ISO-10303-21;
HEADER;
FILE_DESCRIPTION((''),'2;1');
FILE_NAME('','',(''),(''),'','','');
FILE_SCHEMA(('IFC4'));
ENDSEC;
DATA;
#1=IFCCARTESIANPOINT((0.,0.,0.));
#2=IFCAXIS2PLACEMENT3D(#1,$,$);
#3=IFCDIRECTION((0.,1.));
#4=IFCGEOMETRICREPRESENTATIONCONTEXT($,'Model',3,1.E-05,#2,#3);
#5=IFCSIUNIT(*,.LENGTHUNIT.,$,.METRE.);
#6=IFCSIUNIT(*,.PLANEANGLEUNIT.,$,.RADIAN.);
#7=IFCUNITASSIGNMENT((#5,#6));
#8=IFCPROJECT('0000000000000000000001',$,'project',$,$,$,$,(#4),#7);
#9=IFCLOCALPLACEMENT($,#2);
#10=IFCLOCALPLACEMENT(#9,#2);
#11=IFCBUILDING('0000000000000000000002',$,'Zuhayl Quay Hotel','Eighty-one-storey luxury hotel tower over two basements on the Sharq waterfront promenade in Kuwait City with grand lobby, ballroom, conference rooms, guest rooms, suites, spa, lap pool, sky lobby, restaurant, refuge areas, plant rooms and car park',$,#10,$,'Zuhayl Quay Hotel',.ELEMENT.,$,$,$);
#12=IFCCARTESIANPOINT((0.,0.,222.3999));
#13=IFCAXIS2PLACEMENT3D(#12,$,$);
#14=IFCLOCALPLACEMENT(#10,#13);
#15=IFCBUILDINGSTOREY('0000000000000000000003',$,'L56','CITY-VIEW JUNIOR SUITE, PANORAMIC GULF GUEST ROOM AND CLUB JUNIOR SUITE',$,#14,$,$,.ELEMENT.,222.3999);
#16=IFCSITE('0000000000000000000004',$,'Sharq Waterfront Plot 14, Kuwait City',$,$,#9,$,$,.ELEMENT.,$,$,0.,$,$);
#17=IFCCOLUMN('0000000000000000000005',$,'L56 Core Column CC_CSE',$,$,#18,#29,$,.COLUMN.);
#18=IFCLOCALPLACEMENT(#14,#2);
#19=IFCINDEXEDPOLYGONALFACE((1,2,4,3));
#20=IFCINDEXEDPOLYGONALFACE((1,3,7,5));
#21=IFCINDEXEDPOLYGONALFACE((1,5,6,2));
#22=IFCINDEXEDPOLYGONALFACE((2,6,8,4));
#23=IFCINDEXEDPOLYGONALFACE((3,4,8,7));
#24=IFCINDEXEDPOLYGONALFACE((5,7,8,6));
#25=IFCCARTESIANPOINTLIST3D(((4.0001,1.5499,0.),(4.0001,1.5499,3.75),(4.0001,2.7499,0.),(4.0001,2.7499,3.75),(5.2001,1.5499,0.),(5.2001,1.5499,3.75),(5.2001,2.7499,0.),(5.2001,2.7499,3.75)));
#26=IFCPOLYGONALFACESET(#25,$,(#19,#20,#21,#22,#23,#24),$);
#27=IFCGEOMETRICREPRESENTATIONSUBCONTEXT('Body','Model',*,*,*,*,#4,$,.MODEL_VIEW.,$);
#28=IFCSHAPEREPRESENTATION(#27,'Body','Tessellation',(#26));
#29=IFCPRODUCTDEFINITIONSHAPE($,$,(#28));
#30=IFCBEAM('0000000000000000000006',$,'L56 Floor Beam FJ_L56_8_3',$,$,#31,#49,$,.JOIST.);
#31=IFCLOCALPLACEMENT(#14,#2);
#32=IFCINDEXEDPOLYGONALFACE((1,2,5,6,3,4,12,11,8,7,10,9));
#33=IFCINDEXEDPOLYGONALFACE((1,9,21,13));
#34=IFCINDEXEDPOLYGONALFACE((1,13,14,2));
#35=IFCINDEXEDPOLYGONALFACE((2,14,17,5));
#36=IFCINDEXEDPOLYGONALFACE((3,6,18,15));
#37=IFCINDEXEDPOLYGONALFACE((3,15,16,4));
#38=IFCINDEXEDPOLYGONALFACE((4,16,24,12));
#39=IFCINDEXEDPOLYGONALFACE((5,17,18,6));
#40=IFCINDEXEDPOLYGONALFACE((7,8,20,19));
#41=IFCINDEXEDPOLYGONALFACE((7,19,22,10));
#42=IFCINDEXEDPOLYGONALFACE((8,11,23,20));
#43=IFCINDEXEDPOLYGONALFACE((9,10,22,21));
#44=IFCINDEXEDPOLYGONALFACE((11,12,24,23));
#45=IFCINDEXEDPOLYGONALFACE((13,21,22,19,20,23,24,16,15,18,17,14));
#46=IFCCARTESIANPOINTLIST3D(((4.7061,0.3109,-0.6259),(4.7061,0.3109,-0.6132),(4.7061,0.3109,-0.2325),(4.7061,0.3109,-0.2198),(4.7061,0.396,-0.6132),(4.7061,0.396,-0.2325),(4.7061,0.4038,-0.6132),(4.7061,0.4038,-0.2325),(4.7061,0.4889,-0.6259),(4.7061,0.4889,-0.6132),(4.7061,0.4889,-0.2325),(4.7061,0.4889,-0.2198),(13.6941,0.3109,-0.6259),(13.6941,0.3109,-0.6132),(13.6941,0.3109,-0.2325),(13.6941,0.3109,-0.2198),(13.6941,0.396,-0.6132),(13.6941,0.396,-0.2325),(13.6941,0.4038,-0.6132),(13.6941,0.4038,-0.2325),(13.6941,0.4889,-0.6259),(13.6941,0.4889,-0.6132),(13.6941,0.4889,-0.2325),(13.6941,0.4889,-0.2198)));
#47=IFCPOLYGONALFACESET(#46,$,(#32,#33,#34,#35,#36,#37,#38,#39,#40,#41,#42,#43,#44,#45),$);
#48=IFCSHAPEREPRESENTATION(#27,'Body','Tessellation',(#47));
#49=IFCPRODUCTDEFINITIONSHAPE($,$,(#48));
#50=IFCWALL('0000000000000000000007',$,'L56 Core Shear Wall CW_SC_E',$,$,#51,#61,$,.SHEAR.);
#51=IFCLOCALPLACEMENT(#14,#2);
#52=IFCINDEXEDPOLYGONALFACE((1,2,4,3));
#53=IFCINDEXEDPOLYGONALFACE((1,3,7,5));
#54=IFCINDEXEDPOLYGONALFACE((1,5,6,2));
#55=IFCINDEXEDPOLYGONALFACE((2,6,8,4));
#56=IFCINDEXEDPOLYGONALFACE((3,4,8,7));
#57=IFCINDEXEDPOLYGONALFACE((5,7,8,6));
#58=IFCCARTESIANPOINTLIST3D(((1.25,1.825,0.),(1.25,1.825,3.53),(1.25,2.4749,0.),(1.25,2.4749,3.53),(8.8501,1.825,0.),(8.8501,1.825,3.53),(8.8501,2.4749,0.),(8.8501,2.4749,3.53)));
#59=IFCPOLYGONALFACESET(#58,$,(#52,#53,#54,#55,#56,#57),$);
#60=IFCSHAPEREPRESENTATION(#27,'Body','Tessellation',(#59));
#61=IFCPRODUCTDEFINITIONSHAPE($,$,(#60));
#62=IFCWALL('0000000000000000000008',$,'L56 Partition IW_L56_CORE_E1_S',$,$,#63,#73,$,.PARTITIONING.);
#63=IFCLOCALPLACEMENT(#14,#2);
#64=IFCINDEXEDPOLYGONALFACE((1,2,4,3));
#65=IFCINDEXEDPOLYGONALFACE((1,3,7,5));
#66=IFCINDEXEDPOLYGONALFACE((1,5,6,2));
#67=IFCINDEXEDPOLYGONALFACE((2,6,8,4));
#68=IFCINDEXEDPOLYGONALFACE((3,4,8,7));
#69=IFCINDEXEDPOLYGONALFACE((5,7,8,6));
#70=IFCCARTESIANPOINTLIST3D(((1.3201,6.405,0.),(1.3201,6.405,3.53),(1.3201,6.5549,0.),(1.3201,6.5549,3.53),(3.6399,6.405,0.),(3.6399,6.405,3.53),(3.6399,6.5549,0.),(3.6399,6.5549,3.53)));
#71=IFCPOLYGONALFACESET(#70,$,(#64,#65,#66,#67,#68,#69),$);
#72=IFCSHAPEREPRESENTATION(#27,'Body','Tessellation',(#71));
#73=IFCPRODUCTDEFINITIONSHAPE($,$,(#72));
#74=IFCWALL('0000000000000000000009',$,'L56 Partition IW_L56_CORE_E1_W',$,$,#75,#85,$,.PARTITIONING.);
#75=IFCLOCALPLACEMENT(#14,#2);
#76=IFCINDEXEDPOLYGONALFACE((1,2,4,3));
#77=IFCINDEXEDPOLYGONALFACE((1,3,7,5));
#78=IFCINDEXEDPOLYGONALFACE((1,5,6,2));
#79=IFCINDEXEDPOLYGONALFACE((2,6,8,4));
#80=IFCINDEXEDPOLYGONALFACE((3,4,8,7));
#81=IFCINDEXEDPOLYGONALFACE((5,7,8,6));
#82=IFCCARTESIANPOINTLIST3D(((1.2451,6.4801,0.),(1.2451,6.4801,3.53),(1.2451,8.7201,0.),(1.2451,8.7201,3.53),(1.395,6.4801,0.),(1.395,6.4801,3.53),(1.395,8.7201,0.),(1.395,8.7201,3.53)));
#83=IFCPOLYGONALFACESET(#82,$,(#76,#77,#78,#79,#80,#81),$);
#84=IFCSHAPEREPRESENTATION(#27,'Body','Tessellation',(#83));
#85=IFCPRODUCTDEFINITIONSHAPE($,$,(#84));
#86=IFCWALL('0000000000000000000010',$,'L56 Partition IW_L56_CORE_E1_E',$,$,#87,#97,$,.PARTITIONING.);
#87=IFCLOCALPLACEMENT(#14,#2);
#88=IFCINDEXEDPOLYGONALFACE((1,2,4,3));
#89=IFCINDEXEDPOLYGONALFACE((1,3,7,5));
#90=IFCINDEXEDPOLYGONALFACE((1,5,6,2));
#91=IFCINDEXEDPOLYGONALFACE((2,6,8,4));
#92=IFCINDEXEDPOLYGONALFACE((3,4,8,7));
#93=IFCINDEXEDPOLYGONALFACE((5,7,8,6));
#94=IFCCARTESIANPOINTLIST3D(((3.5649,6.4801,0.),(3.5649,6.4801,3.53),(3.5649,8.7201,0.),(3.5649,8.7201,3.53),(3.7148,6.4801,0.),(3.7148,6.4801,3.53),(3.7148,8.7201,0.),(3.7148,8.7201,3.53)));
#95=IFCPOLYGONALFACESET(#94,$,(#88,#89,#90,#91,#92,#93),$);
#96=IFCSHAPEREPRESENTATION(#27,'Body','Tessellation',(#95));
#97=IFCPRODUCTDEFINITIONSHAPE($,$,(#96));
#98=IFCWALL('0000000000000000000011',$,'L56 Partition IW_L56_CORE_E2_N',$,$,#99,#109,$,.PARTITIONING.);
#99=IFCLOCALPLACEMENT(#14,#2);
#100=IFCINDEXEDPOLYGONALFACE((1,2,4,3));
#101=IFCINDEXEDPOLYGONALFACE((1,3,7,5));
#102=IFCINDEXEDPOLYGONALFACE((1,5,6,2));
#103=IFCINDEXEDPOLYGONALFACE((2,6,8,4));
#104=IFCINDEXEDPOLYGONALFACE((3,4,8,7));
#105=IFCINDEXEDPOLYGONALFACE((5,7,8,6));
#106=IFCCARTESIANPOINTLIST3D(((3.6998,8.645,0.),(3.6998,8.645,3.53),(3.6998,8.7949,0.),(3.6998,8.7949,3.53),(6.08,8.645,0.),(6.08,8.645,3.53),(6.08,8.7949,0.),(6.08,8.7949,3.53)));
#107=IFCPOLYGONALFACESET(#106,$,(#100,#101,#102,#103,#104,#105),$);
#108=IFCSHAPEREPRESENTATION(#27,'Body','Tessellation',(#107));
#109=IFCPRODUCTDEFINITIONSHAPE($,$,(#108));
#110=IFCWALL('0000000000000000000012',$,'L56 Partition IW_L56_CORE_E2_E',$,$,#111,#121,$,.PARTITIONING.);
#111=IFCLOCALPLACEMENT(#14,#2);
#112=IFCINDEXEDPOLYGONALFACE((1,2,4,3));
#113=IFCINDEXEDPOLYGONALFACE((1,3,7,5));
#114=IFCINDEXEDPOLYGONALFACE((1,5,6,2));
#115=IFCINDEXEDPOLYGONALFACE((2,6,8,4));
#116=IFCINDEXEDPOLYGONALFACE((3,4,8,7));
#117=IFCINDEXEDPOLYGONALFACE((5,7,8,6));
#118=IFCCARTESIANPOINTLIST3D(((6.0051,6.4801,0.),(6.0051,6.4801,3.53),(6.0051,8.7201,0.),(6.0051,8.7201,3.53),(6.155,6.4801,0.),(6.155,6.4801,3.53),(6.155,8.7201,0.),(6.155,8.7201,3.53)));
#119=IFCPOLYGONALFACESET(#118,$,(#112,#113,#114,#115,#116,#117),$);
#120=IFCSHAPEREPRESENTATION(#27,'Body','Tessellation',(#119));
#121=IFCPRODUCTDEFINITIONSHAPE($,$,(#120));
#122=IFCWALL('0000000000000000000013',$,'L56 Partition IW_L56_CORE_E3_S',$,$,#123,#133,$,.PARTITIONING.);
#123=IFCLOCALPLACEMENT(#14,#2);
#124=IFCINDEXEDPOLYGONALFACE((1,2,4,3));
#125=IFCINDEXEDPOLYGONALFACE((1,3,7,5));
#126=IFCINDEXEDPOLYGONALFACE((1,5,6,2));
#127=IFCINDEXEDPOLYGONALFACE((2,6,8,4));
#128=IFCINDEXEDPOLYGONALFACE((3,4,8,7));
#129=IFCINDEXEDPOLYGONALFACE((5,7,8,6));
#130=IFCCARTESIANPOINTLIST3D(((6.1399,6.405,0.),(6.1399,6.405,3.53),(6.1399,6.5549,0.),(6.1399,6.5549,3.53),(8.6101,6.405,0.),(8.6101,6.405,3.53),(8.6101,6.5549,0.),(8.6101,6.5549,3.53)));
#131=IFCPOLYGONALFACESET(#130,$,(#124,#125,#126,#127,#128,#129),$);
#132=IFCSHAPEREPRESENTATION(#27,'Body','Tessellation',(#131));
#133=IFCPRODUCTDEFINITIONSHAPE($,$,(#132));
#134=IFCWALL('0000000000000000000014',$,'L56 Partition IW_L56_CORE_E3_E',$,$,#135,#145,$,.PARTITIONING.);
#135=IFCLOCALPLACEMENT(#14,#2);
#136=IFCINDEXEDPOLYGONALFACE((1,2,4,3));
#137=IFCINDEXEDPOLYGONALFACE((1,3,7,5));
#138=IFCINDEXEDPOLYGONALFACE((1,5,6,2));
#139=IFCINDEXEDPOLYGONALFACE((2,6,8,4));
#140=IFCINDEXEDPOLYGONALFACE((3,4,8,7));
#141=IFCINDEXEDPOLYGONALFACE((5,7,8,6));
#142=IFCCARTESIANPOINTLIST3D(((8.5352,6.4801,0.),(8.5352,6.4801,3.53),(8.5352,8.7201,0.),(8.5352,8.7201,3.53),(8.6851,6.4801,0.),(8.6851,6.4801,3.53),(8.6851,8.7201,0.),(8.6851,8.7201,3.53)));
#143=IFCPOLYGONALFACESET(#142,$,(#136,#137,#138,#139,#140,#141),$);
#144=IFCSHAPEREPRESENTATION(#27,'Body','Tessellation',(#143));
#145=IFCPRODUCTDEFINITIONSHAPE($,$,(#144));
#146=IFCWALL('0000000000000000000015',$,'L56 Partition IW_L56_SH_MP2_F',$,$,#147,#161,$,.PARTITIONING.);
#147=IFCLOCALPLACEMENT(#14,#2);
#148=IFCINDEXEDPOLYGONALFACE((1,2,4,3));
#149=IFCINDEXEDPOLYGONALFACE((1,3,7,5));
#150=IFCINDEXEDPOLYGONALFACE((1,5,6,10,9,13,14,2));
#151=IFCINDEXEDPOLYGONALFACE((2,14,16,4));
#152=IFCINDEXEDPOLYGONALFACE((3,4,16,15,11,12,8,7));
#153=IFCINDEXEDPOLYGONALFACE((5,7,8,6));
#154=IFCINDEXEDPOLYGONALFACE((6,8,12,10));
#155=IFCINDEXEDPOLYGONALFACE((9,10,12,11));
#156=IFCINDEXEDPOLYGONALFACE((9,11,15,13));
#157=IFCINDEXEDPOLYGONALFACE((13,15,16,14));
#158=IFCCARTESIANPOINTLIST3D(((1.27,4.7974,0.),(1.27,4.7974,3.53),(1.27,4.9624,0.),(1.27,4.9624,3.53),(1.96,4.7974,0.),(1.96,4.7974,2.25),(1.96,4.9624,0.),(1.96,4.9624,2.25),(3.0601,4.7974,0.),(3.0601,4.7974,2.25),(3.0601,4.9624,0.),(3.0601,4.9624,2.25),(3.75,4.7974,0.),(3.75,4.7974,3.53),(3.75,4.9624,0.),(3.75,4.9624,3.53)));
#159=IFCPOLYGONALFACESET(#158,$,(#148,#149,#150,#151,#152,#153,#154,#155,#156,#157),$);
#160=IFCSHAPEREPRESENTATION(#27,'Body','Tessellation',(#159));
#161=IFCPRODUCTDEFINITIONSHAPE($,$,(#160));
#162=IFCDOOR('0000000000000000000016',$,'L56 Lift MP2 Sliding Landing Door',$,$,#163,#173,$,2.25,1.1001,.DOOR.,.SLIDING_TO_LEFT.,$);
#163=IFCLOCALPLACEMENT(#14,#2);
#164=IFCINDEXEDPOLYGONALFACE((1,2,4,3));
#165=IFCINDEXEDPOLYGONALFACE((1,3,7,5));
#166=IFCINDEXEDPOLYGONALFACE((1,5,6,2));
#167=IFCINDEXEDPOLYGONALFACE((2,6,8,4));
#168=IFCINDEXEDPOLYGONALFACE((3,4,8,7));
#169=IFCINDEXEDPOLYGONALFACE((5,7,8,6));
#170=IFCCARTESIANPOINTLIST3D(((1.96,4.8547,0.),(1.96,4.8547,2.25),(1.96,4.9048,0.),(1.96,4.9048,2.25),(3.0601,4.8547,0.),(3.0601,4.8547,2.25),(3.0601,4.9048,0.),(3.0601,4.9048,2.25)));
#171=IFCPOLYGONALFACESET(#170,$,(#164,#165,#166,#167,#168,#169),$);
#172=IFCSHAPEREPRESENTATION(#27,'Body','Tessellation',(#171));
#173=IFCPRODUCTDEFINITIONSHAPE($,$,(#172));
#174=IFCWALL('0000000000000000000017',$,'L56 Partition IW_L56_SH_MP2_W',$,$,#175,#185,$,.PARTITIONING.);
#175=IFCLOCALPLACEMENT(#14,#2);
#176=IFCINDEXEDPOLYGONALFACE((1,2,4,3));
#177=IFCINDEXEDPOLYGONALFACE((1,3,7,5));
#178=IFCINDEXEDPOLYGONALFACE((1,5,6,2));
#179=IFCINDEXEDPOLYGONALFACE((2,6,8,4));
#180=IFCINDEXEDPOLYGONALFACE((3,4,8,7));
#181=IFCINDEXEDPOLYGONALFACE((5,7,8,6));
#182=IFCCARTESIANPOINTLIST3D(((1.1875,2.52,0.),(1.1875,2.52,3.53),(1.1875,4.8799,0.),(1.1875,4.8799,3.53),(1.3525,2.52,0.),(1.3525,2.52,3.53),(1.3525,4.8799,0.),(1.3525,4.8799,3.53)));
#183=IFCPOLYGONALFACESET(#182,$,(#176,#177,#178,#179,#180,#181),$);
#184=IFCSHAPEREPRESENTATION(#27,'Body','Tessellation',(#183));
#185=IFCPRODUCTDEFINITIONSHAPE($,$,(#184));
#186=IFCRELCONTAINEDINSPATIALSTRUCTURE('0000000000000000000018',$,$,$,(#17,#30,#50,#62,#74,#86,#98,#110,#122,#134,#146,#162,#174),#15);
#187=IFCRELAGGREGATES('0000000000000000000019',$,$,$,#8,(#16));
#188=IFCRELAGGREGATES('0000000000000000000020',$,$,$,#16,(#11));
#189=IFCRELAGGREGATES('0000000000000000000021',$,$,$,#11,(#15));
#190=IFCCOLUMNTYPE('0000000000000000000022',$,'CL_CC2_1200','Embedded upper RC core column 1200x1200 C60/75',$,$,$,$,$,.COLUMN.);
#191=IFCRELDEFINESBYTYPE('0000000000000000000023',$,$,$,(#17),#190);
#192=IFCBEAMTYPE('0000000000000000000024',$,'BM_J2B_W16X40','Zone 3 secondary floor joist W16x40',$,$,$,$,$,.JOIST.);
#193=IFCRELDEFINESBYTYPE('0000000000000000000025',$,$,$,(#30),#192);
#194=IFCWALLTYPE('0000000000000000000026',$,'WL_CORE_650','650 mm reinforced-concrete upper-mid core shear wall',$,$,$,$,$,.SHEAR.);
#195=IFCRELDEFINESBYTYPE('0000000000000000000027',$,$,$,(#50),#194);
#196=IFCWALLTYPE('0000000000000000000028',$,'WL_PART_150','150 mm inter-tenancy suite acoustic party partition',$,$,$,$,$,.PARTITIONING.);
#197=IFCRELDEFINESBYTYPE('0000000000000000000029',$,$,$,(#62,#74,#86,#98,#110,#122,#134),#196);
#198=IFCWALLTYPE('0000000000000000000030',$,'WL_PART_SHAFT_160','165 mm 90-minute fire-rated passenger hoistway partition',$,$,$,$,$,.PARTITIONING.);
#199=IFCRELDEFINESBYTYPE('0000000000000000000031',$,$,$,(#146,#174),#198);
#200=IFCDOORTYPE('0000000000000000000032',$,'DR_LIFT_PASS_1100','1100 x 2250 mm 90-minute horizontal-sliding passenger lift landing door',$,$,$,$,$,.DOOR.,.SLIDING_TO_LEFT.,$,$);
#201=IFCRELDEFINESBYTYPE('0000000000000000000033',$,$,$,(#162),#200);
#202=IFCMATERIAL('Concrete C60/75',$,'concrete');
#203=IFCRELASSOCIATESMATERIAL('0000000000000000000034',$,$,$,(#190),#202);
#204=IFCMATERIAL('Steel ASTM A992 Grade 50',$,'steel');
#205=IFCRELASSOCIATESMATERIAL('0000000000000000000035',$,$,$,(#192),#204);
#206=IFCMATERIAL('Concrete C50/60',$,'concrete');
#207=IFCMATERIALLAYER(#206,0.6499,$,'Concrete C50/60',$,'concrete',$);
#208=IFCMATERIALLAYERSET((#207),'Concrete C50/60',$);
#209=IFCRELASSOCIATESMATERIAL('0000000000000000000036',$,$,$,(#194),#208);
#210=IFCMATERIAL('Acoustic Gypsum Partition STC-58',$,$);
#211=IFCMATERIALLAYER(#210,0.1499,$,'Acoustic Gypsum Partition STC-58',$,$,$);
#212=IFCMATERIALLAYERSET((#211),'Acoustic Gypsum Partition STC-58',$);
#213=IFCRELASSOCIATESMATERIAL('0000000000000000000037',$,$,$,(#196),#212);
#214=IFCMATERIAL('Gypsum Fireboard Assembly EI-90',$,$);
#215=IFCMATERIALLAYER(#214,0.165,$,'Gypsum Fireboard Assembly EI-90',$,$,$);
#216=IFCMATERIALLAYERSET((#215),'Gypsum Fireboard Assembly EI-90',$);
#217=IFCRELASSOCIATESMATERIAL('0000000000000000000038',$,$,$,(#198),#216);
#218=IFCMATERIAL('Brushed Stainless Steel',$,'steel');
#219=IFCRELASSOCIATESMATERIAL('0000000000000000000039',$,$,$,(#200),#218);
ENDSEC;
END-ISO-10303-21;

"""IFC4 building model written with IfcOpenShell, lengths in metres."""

from ifc_helpers import new_model, si_unit, direction, frame, frame_2d, origin, origin_2d, place, context, subcontext, project, spatial, rectangle, i_section, extrude, material, layer, layer_set, material_profile, profile_set, type_object, element, fill, save


model = new_model("IFC4")

# Units and contexts
model_context = context("Model", 3, precision=1e-05, world=origin(), true_north=direction((0.0, 1.0)))
body_context = subcontext(model_context, "Body", "Model", "MODEL_VIEW")
ifc_project = project(units=[si_unit("LENGTHUNIT", "METRE"), si_unit("PLANEANGLEUNIT", "RADIAN")], contexts=[model_context])

# Site, building, storey
site_placement = place(None, origin())
site = spatial("IfcSite", under=ifc_project, at=site_placement, Name="Sharq Waterfront Plot 14, Kuwait City", CompositionType="ELEMENT", RefElevation=0.0)
building_placement = place(site_placement, origin())
building = spatial("IfcBuilding", under=site, at=building_placement, Name="Zuhayl Quay Hotel", Description="Eighty-one-storey luxury hotel tower over two basements on the Sharq waterfront promenade in Kuwait City with grand lobby, ballroom, conference rooms, guest rooms, suites, spa, lap pool, sky lobby, restaurant, refuge areas, plant rooms and car park", LongName="Zuhayl Quay Hotel", CompositionType="ELEMENT")
storey_placement = place(building_placement, frame((0.0, 0.0, 222.3999)))
storey = spatial("IfcBuildingStorey", under=building, at=storey_placement, Name="L56", Description="CITY-VIEW JUNIOR SUITE, PANORAMIC GULF GUEST ROOM AND CLUB JUNIOR SUITE", CompositionType="ELEMENT", Elevation=222.3999)

# Column
ifc_material_1 = material(Name="Concrete C60/75", Category="concrete")
ifc_material_profile_1 = material_profile(ifc_material_1, rectangle(XDim=1.2, YDim=1.2, at=origin_2d()), Name="RC1200X1200")
ifc_profile_set_1 = profile_set([ifc_material_profile_1], Name="Concrete C60/75")
column_type = type_object("IfcColumnType", Name="CL_CC2_1200", Description="Embedded upper RC core column 1200x1200 C60/75", PredefinedType="COLUMN", material=ifc_profile_set_1)
column_placement = place(storey_placement, frame((4.6001, 2.1499, 0.0), z_axis=(0.0, 0.0, 1.0), x_axis=(1.0, 0.0, 0.0)))
element("IfcColumn", 1, at=column_placement, inside=storey, type_object=column_type, Name="L56 Core Column CC_CSE", PredefinedType="COLUMN", context=body_context, shape_type="SweptSolid", body=[
    extrude(rectangle(XDim=1.2, YDim=1.2, at=origin_2d()), origin(), (0.0, 0.0, 1.0), 3.75),
])

# Beam
ifc_material_2 = material(Name="Steel ASTM A992 Grade 50", Category="steel")
ifc_material_profile_2 = material_profile(ifc_material_2, i_section(OverallWidth=0.178, OverallDepth=0.406, WebThickness=0.0078, FlangeThickness=0.0127, at=origin_2d()), Name="W16X40")
ifc_profile_set_2 = profile_set([ifc_material_profile_2], Name="Steel ASTM A992 Grade 50")
beam_type = type_object("IfcBeamType", Name="BM_J2B_W16X40", Description="Zone 3 secondary floor joist W16x40", PredefinedType="JOIST", material=ifc_profile_set_2)
beam_placement = place(storey_placement, frame((4.7061, 0.3999, -0.4229), z_axis=(1.0, 0.0, 0.0), x_axis=(0.0, 1.0, 0.0)))
element("IfcBeam", 2, at=beam_placement, inside=storey, type_object=beam_type, Name="L56 Floor Beam FJ_L56_8_3", PredefinedType="JOIST", context=body_context, shape_type="SweptSolid", body=[
    extrude(i_section(OverallWidth=0.178, OverallDepth=0.406, WebThickness=0.0078, FlangeThickness=0.0127, at=origin_2d()), origin(), (0.0, 0.0, 1.0), 8.988),
])

# Wall
ifc_material_3 = material(Name="Concrete C50/60", Category="concrete")
ifc_layer_1 = layer(ifc_material_3, 0.6499, Name="Concrete C50/60", Category="concrete")
ifc_layer_set_1 = layer_set([ifc_layer_1], Name="Concrete C50/60")
wall_type_1 = type_object("IfcWallType", Name="WL_CORE_650", Description="650 mm reinforced-concrete upper-mid core shear wall", PredefinedType="SHEAR", material=ifc_layer_set_1)
wall_1_placement = place(storey_placement, frame((1.25, 2.1499, 0.0), z_axis=(0.0, 0.0, 1.0), x_axis=(1.0, 0.0, 0.0)))
element("IfcWall", 3, at=wall_1_placement, inside=storey, type_object=wall_type_1, Name="L56 Core Shear Wall CW_SC_E", PredefinedType="SHEAR", context=body_context, shape_type="SweptSolid", body=[
    extrude(rectangle(XDim=7.6001, YDim=0.6499, at=frame_2d((3.8, 0.0))), origin(), (0.0, 0.0, 1.0), 3.53),
])

# Shared definitions
ifc_material_4 = material(Name="Acoustic Gypsum Partition STC-58")
ifc_layer_2 = layer(ifc_material_4, 0.1499, Name="Acoustic Gypsum Partition STC-58")
ifc_layer_set_2 = layer_set([ifc_layer_2], Name="Acoustic Gypsum Partition STC-58")
wall_type_2 = type_object("IfcWallType", Name="WL_PART_150", Description="150 mm inter-tenancy suite acoustic party partition", PredefinedType="PARTITIONING", material=ifc_layer_set_2)

# Walls
wall_2_placement = place(storey_placement, frame((1.3201, 6.48, 0.0), z_axis=(0.0, 0.0, 1.0), x_axis=(1.0, 0.0, 0.0)))
element("IfcWall", 4, at=wall_2_placement, inside=storey, type_object=wall_type_2, Name="L56 Partition IW_L56_CORE_E1_S", PredefinedType="PARTITIONING", context=body_context, shape_type="SweptSolid", body=[
    extrude(rectangle(XDim=2.3198, YDim=0.1499, at=frame_2d((1.1599, 0.0))), origin(), (0.0, 0.0, 1.0), 3.53),
])
for number, where, z_axis, x_axis, name in (
    (5, (1.3201, 6.48, 0.0), (0.0, 0.0, 1.0), (0.0, 1.0, 0.0), "L56 Partition IW_L56_CORE_E1_W"),
    (6, (3.6399, 6.48, 0.0), (0.0, 0.0, 1.0), (0.0, 1.0, 0.0), "L56 Partition IW_L56_CORE_E1_E"),
):
    element("IfcWall", number, at=place(storey_placement, frame(where, z_axis=z_axis, x_axis=x_axis)), inside=storey, type_object=wall_type_2, Name=name, PredefinedType="PARTITIONING", context=body_context, shape_type="SweptSolid", body=[
        extrude(rectangle(XDim=2.24, YDim=0.1499, at=frame_2d((1.1201, 0.0))), origin(), (0.0, 0.0, 1.0), 3.53),
    ])
wall_3_placement = place(storey_placement, frame((3.7, 8.72, 0.0), z_axis=(0.0, 0.0, 1.0), x_axis=(1.0, 0.0, 0.0)))
element("IfcWall", 7, at=wall_3_placement, inside=storey, type_object=wall_type_2, Name="L56 Partition IW_L56_CORE_E2_N", PredefinedType="PARTITIONING", context=body_context, shape_type="SweptSolid", body=[
    extrude(rectangle(XDim=2.3801, YDim=0.1499, at=frame_2d((1.1899, 0.0))), origin(), (0.0, 0.0, 1.0), 3.53),
])
wall_4_placement = place(storey_placement, frame((6.0801, 6.48, 0.0), z_axis=(0.0, 0.0, 1.0), x_axis=(0.0, 1.0, 0.0)))
element("IfcWall", 8, at=wall_4_placement, inside=storey, type_object=wall_type_2, Name="L56 Partition IW_L56_CORE_E2_E", PredefinedType="PARTITIONING", context=body_context, shape_type="SweptSolid", body=[
    extrude(rectangle(XDim=2.24, YDim=0.1499, at=frame_2d((1.1201, 0.0))), origin(), (0.0, 0.0, 1.0), 3.53),
])
wall_5_placement = place(storey_placement, frame((6.1399, 6.48, 0.0), z_axis=(0.0, 0.0, 1.0), x_axis=(1.0, 0.0, 0.0)))
element("IfcWall", 9, at=wall_5_placement, inside=storey, type_object=wall_type_2, Name="L56 Partition IW_L56_CORE_E3_S", PredefinedType="PARTITIONING", context=body_context, shape_type="SweptSolid", body=[
    extrude(rectangle(XDim=2.4702, YDim=0.1499, at=frame_2d((1.2351, 0.0))), origin(), (0.0, 0.0, 1.0), 3.53),
])
wall_6_placement = place(storey_placement, frame((8.6101, 6.48, 0.0), z_axis=(0.0, 0.0, 1.0), x_axis=(0.0, 1.0, 0.0)))
element("IfcWall", 10, at=wall_6_placement, inside=storey, type_object=wall_type_2, Name="L56 Partition IW_L56_CORE_E3_E", PredefinedType="PARTITIONING", context=body_context, shape_type="SweptSolid", body=[
    extrude(rectangle(XDim=2.24, YDim=0.1499, at=frame_2d((1.1201, 0.0))), origin(), (0.0, 0.0, 1.0), 3.53),
])

# Wall, opening, door
ifc_material_5 = material(Name="Gypsum Fireboard Assembly EI-90")
ifc_layer_3 = layer(ifc_material_5, 0.165, Name="Gypsum Fireboard Assembly EI-90")
ifc_layer_set_3 = layer_set([ifc_layer_3], Name="Gypsum Fireboard Assembly EI-90")
wall_type_3 = type_object("IfcWallType", Name="WL_PART_SHAFT_160", Description="165 mm 90-minute fire-rated passenger hoistway partition", PredefinedType="PARTITIONING", material=ifc_layer_set_3)
wall_7_placement = place(storey_placement, frame((1.27, 4.8799, 0.0), z_axis=(0.0, 0.0, 1.0), x_axis=(1.0, 0.0, 0.0)))
wall_7 = element("IfcWall", 11, at=wall_7_placement, inside=storey, type_object=wall_type_3, Name="L56 Partition IW_L56_SH_MP2_F", PredefinedType="PARTITIONING", context=body_context, shape_type="SweptSolid", body=[
    extrude(rectangle(XDim=2.48, YDim=0.165, at=frame_2d((1.24, 0.0))), origin(), (0.0, 0.0, 1.0), 3.53),
])
opening_1_placement = place(wall_7_placement, frame((0.6899, 0.0, 0.0)))
opening_1 = element("IfcOpeningElement", 12, at=opening_1_placement, cuts=wall_7, PredefinedType="OPENING", context=body_context, shape_type="SweptSolid", body=[
    extrude(rectangle(XDim=1.1001, YDim=2.25, at=frame_2d((0.55, 1.125))), frame((0.0, 0.0925, 0.0), z_axis=(0.0, -1.0, 0.0), x_axis=(1.0, 0.0, 0.0)), (0.0, 0.0, 1.0), 0.1851),
])
ifc_material_6 = material(Name="Brushed Stainless Steel", Category="steel")
door_type_1 = type_object("IfcDoorType", Name="DR_LIFT_PASS_1100", Description="1100 x 2250 mm 90-minute horizontal-sliding passenger lift landing door", OperationType="SLIDING_TO_LEFT", PredefinedType="DOOR", material=ifc_material_6)
door_1_placement = place(opening_1_placement, origin())
door_1 = element("IfcDoor", 13, at=door_1_placement, inside=storey, type_object=door_type_1, Name="L56 Lift MP2 Sliding Landing Door", OperationType="SLIDING_TO_LEFT", OverallHeight=2.25, OverallWidth=1.1001, PredefinedType="DOOR", context=body_context, shape_type="SweptSolid", body=[
    extrude(rectangle(XDim=1.1001, YDim=2.25, at=frame_2d((0.55, 1.125))), frame((0.0, 0.0249, 0.0), z_axis=(0.0, -1.0, 0.0), x_axis=(1.0, 0.0, 0.0)), (0.0, 0.0, 1.0), 0.05),
])
fill(opening_1, door_1)

# Wall
for number, where, z_axis, x_axis, name in (
    (14, (1.27, 2.52, 0.0), (0.0, 0.0, 1.0), (0.0, 1.0, 0.0), "L56 Partition IW_L56_SH_MP2_W"),
):
    element("IfcWall", number, at=place(storey_placement, frame(where, z_axis=z_axis, x_axis=x_axis)), inside=storey, type_object=wall_type_3, Name=name, PredefinedType="PARTITIONING", context=body_context, shape_type="SweptSolid", body=[
        extrude(rectangle(XDim=2.3599, YDim=0.165, at=frame_2d((1.1799, 0.0))), origin(), (0.0, 0.0, 1.0), 3.53),
    ])

save(model, "model.ifc")
